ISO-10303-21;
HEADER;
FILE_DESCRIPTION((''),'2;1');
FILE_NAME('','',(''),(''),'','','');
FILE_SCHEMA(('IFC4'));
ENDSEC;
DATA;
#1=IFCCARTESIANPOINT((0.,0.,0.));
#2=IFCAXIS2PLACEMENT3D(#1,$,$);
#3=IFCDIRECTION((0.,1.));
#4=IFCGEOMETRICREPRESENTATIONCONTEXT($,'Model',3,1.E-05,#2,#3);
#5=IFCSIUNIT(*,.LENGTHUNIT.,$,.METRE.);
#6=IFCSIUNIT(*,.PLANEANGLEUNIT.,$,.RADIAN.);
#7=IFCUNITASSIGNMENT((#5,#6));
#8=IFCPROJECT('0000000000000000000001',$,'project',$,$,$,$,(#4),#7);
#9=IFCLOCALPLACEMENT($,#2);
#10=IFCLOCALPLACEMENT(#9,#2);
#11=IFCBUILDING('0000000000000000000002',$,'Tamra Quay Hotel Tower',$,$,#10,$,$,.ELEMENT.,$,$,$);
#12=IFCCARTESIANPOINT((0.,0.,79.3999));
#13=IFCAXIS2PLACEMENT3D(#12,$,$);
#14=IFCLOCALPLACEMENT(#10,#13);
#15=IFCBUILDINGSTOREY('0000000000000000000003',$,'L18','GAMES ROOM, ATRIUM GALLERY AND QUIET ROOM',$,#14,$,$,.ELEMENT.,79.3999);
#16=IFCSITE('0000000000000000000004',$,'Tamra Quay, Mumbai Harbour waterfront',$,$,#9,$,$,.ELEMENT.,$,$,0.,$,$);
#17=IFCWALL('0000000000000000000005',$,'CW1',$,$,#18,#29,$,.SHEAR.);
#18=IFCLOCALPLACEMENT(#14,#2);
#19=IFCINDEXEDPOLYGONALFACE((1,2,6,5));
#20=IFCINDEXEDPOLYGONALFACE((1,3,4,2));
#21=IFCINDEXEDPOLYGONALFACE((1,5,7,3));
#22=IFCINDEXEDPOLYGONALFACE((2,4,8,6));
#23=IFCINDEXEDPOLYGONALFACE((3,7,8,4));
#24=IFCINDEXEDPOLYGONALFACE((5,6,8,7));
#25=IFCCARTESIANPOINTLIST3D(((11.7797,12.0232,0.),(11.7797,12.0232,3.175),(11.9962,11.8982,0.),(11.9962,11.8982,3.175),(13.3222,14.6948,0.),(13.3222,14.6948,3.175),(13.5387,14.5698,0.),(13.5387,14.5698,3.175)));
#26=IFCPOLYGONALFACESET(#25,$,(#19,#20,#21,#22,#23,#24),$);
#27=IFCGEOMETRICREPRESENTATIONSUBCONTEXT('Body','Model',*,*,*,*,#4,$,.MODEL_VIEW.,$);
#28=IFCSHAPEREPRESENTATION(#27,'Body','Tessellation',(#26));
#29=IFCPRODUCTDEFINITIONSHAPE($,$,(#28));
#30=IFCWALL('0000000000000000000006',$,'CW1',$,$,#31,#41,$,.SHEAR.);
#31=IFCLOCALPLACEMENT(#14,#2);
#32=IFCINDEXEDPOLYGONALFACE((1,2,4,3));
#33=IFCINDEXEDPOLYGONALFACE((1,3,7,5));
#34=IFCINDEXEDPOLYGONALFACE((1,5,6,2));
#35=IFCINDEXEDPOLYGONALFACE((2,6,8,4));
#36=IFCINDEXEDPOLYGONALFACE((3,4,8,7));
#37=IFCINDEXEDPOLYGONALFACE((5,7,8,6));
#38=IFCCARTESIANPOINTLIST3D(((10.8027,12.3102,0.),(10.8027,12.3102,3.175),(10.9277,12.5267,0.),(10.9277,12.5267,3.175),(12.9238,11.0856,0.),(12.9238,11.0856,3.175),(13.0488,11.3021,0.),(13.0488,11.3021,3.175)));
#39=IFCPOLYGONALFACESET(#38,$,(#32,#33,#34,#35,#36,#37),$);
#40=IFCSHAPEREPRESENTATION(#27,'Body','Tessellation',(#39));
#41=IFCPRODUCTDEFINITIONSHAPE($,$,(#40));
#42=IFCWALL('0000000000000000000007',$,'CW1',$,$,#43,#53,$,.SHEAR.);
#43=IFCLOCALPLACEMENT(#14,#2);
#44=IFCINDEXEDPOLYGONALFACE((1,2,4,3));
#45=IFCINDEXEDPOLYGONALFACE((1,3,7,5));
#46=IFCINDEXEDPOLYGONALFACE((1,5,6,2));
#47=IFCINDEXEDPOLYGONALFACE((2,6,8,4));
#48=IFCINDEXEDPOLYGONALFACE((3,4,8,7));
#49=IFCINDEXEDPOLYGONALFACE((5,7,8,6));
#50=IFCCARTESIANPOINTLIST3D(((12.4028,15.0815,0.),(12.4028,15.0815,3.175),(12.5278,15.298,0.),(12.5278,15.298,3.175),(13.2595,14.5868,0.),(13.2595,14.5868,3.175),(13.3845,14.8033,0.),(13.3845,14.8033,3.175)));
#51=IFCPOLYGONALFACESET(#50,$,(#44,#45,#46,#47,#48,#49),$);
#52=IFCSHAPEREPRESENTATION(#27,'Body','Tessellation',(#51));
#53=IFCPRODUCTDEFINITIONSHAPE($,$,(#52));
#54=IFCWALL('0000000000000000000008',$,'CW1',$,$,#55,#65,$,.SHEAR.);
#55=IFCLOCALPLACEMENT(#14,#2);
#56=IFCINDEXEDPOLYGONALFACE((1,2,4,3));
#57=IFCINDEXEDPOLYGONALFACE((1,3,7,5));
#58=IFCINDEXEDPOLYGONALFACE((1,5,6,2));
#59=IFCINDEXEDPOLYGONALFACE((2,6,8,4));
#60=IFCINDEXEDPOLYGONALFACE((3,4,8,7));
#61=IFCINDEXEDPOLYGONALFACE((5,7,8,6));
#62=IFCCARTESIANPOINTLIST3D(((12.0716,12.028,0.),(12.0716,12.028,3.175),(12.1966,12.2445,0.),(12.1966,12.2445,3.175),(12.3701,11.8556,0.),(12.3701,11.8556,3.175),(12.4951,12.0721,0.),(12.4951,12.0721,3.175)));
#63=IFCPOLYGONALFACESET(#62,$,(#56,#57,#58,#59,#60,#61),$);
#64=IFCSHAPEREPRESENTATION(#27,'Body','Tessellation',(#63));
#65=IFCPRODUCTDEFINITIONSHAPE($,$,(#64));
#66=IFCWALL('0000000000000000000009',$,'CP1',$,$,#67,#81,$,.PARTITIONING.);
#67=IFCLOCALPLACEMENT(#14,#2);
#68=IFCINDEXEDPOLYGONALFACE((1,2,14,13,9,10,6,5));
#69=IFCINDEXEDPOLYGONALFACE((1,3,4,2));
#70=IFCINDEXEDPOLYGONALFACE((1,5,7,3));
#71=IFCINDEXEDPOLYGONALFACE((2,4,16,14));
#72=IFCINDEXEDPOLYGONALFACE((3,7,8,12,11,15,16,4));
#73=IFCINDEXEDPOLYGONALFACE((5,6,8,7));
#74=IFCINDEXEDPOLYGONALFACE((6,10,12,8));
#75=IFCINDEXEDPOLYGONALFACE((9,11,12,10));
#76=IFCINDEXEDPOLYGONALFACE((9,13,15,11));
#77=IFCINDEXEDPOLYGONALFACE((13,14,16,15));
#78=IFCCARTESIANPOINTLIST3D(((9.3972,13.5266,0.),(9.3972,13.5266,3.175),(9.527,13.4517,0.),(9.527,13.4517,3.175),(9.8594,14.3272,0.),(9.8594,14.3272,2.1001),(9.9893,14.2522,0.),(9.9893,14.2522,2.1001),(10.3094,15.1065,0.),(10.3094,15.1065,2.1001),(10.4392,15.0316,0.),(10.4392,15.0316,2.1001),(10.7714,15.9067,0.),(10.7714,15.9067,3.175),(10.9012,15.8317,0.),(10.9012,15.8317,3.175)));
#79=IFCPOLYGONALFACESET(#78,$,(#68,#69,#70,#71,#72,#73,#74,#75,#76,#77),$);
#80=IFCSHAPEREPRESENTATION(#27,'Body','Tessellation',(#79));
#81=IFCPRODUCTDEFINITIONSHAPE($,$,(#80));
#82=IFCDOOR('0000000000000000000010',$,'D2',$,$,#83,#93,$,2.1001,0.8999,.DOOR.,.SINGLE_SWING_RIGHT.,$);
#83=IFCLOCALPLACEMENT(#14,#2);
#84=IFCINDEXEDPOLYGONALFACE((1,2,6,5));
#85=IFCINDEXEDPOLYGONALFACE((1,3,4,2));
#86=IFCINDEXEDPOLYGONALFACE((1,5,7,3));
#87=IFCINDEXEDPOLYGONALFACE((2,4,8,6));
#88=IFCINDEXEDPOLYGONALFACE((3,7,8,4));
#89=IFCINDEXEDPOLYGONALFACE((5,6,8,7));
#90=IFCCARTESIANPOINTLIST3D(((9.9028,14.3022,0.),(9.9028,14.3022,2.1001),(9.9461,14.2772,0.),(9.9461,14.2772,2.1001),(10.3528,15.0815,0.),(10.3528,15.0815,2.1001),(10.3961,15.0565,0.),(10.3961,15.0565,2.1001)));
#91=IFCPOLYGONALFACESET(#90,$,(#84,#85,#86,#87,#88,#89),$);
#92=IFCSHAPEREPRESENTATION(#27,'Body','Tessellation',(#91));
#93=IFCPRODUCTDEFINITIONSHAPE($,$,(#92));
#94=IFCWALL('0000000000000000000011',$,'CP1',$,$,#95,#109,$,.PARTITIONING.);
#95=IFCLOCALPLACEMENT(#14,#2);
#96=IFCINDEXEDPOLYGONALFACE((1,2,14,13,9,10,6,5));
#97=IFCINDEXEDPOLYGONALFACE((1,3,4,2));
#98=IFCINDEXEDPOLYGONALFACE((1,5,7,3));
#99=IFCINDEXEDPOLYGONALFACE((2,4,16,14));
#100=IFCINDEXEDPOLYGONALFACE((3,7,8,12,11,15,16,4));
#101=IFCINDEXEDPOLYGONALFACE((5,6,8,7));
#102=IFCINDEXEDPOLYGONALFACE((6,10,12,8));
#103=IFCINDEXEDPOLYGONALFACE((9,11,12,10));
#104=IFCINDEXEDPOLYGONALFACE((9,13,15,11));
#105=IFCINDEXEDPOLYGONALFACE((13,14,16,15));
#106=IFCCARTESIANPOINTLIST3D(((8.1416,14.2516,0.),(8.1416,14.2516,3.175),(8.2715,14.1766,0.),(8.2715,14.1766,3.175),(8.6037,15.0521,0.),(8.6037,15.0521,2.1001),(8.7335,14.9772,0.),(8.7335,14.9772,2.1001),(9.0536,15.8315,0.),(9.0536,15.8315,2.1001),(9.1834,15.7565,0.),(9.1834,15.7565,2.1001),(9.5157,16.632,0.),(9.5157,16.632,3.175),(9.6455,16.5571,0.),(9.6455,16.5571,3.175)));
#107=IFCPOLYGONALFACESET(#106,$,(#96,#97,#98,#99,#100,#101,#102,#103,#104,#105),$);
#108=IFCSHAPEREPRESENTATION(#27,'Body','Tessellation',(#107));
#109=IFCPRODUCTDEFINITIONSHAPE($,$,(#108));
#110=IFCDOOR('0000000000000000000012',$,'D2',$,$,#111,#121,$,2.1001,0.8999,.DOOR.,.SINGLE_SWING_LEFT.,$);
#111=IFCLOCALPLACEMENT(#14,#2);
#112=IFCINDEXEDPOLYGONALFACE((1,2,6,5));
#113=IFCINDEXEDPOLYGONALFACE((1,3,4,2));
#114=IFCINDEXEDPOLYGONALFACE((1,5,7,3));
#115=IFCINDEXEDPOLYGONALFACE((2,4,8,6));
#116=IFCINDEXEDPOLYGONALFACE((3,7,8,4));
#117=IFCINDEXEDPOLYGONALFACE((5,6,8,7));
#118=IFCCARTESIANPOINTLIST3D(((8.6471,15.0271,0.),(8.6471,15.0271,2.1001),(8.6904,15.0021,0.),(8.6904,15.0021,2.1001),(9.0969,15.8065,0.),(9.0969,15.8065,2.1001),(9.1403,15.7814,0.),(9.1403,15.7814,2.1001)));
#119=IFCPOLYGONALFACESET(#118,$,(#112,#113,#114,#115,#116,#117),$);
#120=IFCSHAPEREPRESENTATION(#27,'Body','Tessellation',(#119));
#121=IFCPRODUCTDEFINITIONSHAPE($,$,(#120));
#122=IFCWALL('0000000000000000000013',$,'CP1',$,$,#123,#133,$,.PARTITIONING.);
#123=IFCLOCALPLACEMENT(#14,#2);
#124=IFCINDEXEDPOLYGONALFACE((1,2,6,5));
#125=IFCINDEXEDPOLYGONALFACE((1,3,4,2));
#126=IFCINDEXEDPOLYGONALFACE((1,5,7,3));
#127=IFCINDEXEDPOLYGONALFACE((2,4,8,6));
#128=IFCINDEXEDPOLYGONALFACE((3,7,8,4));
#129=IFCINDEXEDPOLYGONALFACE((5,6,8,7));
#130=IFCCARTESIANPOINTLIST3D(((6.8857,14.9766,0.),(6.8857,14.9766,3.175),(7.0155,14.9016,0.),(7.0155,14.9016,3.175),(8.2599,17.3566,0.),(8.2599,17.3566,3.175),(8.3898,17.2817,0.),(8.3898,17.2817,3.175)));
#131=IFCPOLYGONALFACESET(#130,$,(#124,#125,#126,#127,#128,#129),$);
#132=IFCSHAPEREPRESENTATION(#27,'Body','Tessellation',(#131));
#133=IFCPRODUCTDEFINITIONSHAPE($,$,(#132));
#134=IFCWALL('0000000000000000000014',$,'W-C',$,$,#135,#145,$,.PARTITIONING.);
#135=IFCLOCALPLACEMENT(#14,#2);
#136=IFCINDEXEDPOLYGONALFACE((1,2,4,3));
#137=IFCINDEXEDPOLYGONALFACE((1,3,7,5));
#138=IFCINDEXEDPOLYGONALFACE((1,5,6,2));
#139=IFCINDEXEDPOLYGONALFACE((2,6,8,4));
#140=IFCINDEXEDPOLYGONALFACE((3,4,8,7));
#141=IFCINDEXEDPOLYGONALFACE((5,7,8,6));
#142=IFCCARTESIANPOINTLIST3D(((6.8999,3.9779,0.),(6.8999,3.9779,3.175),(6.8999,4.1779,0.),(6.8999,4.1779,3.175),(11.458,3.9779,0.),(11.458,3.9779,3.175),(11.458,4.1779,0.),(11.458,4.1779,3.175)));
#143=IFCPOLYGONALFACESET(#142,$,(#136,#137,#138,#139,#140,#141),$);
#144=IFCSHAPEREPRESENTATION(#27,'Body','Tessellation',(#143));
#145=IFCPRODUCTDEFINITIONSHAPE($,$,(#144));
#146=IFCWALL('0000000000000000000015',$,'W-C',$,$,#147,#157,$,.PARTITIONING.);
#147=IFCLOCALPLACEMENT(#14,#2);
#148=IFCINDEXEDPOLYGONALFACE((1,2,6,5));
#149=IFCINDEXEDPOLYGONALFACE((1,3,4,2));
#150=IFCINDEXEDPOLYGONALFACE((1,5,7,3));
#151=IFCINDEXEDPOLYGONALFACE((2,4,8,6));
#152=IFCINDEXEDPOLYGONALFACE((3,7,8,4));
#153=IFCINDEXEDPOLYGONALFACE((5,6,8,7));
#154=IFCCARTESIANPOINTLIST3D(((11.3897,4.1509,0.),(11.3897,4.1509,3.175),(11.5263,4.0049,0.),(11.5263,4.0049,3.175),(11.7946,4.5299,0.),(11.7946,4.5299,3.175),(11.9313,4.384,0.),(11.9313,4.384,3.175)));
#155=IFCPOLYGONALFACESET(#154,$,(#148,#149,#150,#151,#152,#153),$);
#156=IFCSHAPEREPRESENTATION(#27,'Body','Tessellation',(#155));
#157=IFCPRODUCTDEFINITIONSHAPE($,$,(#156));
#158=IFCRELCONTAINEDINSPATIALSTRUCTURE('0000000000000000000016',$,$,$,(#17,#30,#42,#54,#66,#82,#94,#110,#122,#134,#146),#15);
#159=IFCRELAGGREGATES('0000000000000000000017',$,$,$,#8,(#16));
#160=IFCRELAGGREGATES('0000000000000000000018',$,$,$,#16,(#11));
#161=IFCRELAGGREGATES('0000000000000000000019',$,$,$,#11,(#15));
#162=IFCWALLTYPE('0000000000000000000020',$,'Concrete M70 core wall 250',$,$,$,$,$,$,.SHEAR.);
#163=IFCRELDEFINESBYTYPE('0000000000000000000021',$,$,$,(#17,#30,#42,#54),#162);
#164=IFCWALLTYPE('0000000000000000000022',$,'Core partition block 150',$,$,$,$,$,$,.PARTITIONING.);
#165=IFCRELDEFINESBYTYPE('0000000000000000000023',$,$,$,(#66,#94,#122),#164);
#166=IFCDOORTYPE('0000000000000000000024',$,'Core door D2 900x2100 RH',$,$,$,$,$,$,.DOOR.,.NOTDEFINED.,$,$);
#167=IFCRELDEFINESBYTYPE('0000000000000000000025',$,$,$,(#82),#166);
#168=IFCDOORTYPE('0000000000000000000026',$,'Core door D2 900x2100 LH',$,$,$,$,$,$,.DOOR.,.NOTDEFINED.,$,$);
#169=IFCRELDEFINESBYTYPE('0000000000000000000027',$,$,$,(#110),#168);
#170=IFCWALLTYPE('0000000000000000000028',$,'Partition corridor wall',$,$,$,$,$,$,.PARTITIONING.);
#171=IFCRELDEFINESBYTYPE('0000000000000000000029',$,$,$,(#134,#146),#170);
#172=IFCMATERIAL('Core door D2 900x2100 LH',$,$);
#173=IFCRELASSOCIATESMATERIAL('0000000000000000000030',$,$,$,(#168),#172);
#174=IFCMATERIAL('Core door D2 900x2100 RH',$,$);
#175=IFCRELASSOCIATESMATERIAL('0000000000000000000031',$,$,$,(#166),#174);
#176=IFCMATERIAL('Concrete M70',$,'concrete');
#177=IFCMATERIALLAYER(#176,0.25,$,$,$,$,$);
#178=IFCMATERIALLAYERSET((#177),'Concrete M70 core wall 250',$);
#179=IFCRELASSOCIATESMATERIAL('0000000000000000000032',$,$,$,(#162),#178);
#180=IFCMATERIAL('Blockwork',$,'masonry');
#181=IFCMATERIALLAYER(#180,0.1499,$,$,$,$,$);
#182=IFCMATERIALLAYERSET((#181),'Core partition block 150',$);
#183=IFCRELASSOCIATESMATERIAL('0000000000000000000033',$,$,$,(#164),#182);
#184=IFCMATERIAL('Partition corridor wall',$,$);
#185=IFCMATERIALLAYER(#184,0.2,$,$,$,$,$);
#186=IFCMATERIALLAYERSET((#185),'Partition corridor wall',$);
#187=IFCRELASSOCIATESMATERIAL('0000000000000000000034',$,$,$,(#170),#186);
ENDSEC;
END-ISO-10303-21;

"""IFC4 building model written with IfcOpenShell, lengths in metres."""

from ifc_helpers import new_model, si_unit, direction, frame, frame_2d, origin, place, context, subcontext, project, spatial, rectangle, extrude, material, layer, layer_set, type_object, element, fill, save


model = new_model("IFC4")

# Units and contexts
model_context = context("Model", 3, precision=1e-05, world=origin(), true_north=direction((0.0, 1.0)))
body_context = subcontext(model_context, "Body", "Model", "MODEL_VIEW")
ifc_project = project(units=[si_unit("LENGTHUNIT", "METRE"), si_unit("PLANEANGLEUNIT", "RADIAN")], contexts=[model_context])

# Site, building, storey
site_placement = place(None, origin())
site = spatial("IfcSite", under=ifc_project, at=site_placement, Name="Tamra Quay, Mumbai Harbour waterfront", CompositionType="ELEMENT", RefElevation=0.0)
building_placement = place(site_placement, origin())
building = spatial("IfcBuilding", under=site, at=building_placement, Name="Tamra Quay Hotel Tower", CompositionType="ELEMENT")
storey_placement = place(building_placement, frame((0.0, 0.0, 79.3999)))
storey = spatial("IfcBuildingStorey", under=building, at=storey_placement, Name="L18", Description="GAMES ROOM, ATRIUM GALLERY AND QUIET ROOM", CompositionType="ELEMENT", Elevation=79.3999)

# Shared definitions
ifc_material_1 = material(Name="Concrete M70", Category="concrete")

# Shared definitions
ifc_material_2 = material(Name="Core door D2 900x2100 LH")
door_type_1 = type_object("IfcDoorType", Name="Core door D2 900x2100 LH", OperationType="NOTDEFINED", PredefinedType="DOOR", material=ifc_material_2)
ifc_material_3 = material(Name="Core door D2 900x2100 RH")
door_type_2 = type_object("IfcDoorType", Name="Core door D2 900x2100 RH", OperationType="NOTDEFINED", PredefinedType="DOOR", material=ifc_material_3)
ifc_layer_1 = layer(ifc_material_1, 0.25)
ifc_layer_set_1 = layer_set([ifc_layer_1], Name="Concrete M70 core wall 250")
wall_type_1 = type_object("IfcWallType", Name="Concrete M70 core wall 250", PredefinedType="SHEAR", material=ifc_layer_set_1)

# Walls
wall_1_placement = place(storey_placement, frame((11.8879, 11.9607, 0.0), z_axis=(0.0, 0.0, 1.0), x_axis=(0.500003, 0.866023, 0.0)))
element("IfcWall", 1, at=wall_1_placement, inside=storey, type_object=wall_type_1, Name="CW1", PredefinedType="SHEAR", context=body_context, shape_type="SweptSolid", body=[
    extrude(rectangle(XDim=3.085, YDim=0.25, at=frame_2d((1.5425, 0.0))), origin(), (0.0, 0.0, 1.0), 3.175),
])
wall_2_placement = place(storey_placement, frame((10.8652, 12.4185, 0.0), z_axis=(0.0, 0.0, 1.0), x_axis=(0.866026, -0.499999, 0.0)))
element("IfcWall", 2, at=wall_2_placement, inside=storey, type_object=wall_type_1, Name="CW1", PredefinedType="SHEAR", context=body_context, shape_type="SweptSolid", body=[
    extrude(rectangle(XDim=2.4492, YDim=0.25, at=frame_2d((1.2246, 0.0))), origin(), (0.0, 0.0, 1.0), 3.175),
])
wall_3_placement = place(storey_placement, frame((13.322, 14.6951, 0.0), z_axis=(0.0, 0.0, 1.0), x_axis=(-0.866017, 0.500014, 0.0)))
element("IfcWall", 3, at=wall_3_placement, inside=storey, type_object=wall_type_1, Name="CW1", PredefinedType="SHEAR", context=body_context, shape_type="SweptSolid", body=[
    extrude(rectangle(XDim=0.9893, YDim=0.25, at=frame_2d((0.4946, 0.0))), origin(), (0.0, 0.0, 1.0), 3.175),
])
wall_4_placement = place(storey_placement, frame((12.4326, 11.9639, 0.0), z_axis=(0.0, 0.0, 1.0), x_axis=(-0.866056, 0.499947, 0.0)))
element("IfcWall", 4, at=wall_4_placement, inside=storey, type_object=wall_type_1, Name="CW1", PredefinedType="SHEAR", context=body_context, shape_type="SweptSolid", body=[
    extrude(rectangle(XDim=0.3447, YDim=0.25, at=frame_2d((0.1724, 0.0))), origin(), (0.0, 0.0, 1.0), 3.175),
])

# Walls, openings, doors
ifc_material_4 = material(Name="Blockwork", Category="masonry")
ifc_layer_2 = layer(ifc_material_4, 0.1499)
ifc_layer_set_2 = layer_set([ifc_layer_2], Name="Core partition block 150")
wall_type_2 = type_object("IfcWallType", Name="Core partition block 150", PredefinedType="PARTITIONING", material=ifc_layer_set_2)
wall_5_placement = place(storey_placement, frame((9.4622, 13.4893, 0.0), z_axis=(0.0, 0.0, 1.0), x_axis=(0.500027, 0.86601, 0.0)))
wall_5 = element("IfcWall", 5, at=wall_5_placement, inside=storey, type_object=wall_type_2, Name="CP1", PredefinedType="PARTITIONING", context=body_context, shape_type="SweptSolid", body=[
    extrude(rectangle(XDim=2.7483, YDim=0.1499, at=frame_2d((1.374, 0.0))), origin(), (0.0, 0.0, 1.0), 3.175),
])
opening_1_placement = place(wall_5_placement, frame((0.9243, 0.0, 0.0)))
opening_1 = element("IfcOpeningElement", 6, at=opening_1_placement, cuts=wall_5, PredefinedType="OPENING", context=body_context, shape_type="SweptSolid", body=[
    extrude(rectangle(XDim=0.8999, YDim=2.1001, at=frame_2d((0.45, 1.05))), frame((0.0, 0.085, 0.0), z_axis=(0.0, -1.0, 0.0), x_axis=(1.0, 0.0, 0.0)), (0.0, 0.0, 1.0), 0.1699),
])
door_1_placement = place(opening_1_placement, origin())
door_1 = element("IfcDoor", 7, at=door_1_placement, inside=storey, type_object=door_type_2, Name="D2", OperationType="SINGLE_SWING_RIGHT", OverallHeight=2.1001, OverallWidth=0.8999, PredefinedType="DOOR", context=body_context, shape_type="SweptSolid", body=[
    extrude(rectangle(XDim=0.8999, YDim=2.1001, at=frame_2d((0.45, 1.05))), frame((0.0, 0.0249, 0.0), z_axis=(0.0, -1.0, 0.0), x_axis=(1.0, 0.0, 0.0)), (0.0, 0.0, 1.0), 0.05),
])
fill(opening_1, door_1)
wall_6_placement = place(storey_placement, frame((8.2065, 14.2141, 0.0), z_axis=(0.0, 0.0, 1.0), x_axis=(0.499922, 0.86607, 0.0)))
wall_6 = element("IfcWall", 8, at=wall_6_placement, inside=storey, type_object=wall_type_2, Name="CP1", PredefinedType="PARTITIONING", context=body_context, shape_type="SweptSolid", body=[
    extrude(rectangle(XDim=2.7485, YDim=0.1499, at=frame_2d((1.3743, 0.0))), origin(), (0.0, 0.0, 1.0), 3.175),
])
opening_2_placement = place(wall_6_placement, frame((0.9243, 0.0, 0.0)))
opening_2 = element("IfcOpeningElement", 9, at=opening_2_placement, cuts=wall_6, PredefinedType="OPENING", context=body_context, shape_type="SweptSolid", body=[
    extrude(rectangle(XDim=0.8999, YDim=2.1001, at=frame_2d((0.45, 1.05))), frame((0.0, 0.085, 0.0), z_axis=(0.0, -1.0, 0.0), x_axis=(1.0, 0.0, 0.0)), (0.0, 0.0, 1.0), 0.1699),
])
door_2_placement = place(opening_2_placement, origin())
door_2 = element("IfcDoor", 10, at=door_2_placement, inside=storey, type_object=door_type_1, Name="D2", OperationType="SINGLE_SWING_LEFT", OverallHeight=2.1001, OverallWidth=0.8999, PredefinedType="DOOR", context=body_context, shape_type="SweptSolid", body=[
    extrude(rectangle(XDim=0.8999, YDim=2.1001, at=frame_2d((0.45, 1.05))), frame((0.0, 0.0249, 0.0), z_axis=(0.0, -1.0, 0.0), x_axis=(1.0, 0.0, 0.0)), (0.0, 0.0, 1.0), 0.05),
])
fill(opening_2, door_2)

# Walls
wall_7_placement = place(storey_placement, frame((6.9507, 14.9392, 0.0), z_axis=(0.0, 0.0, 1.0), x_axis=(0.500027, 0.86601, 0.0)))
element("IfcWall", 11, at=wall_7_placement, inside=storey, type_object=wall_type_2, Name="CP1", PredefinedType="PARTITIONING", context=body_context, shape_type="SweptSolid", body=[
    extrude(rectangle(XDim=2.7483, YDim=0.1499, at=frame_2d((1.374, 0.0))), origin(), (0.0, 0.0, 1.0), 3.175),
])
ifc_material_5 = material(Name="Partition corridor wall")
ifc_layer_3 = layer(ifc_material_5, 0.2)
ifc_layer_set_3 = layer_set([ifc_layer_3], Name="Partition corridor wall")
wall_type_3 = type_object("IfcWallType", Name="Partition corridor wall", PredefinedType="PARTITIONING", material=ifc_layer_set_3)
wall_8_placement = place(storey_placement, frame((6.8999, 4.0779, 0.0), z_axis=(0.0, 0.0, 1.0), x_axis=(1.0, 0.0, 0.0)))
element("IfcWall", 12, at=wall_8_placement, inside=storey, type_object=wall_type_3, Name="W-C", PredefinedType="PARTITIONING", context=body_context, shape_type="SweptSolid", body=[
    extrude(rectangle(XDim=4.5581, YDim=0.2, at=frame_2d((2.2791, 0.0))), origin(), (0.0, 0.0, 1.0), 3.175),
])
wall_9_placement = place(storey_placement, frame((11.458, 4.0779, 0.0), z_axis=(0.0, 0.0, 1.0), x_axis=(0.730045, 0.683399, 0.0)))
element("IfcWall", 13, at=wall_9_placement, inside=storey, type_object=wall_type_3, Name="W-C", PredefinedType="PARTITIONING", context=body_context, shape_type="SweptSolid", body=[
    extrude(rectangle(XDim=0.5547, YDim=0.2, at=frame_2d((0.2773, 0.0))), origin(), (0.0, 0.0, 1.0), 3.175),
])

save(model, "model.ifc")
